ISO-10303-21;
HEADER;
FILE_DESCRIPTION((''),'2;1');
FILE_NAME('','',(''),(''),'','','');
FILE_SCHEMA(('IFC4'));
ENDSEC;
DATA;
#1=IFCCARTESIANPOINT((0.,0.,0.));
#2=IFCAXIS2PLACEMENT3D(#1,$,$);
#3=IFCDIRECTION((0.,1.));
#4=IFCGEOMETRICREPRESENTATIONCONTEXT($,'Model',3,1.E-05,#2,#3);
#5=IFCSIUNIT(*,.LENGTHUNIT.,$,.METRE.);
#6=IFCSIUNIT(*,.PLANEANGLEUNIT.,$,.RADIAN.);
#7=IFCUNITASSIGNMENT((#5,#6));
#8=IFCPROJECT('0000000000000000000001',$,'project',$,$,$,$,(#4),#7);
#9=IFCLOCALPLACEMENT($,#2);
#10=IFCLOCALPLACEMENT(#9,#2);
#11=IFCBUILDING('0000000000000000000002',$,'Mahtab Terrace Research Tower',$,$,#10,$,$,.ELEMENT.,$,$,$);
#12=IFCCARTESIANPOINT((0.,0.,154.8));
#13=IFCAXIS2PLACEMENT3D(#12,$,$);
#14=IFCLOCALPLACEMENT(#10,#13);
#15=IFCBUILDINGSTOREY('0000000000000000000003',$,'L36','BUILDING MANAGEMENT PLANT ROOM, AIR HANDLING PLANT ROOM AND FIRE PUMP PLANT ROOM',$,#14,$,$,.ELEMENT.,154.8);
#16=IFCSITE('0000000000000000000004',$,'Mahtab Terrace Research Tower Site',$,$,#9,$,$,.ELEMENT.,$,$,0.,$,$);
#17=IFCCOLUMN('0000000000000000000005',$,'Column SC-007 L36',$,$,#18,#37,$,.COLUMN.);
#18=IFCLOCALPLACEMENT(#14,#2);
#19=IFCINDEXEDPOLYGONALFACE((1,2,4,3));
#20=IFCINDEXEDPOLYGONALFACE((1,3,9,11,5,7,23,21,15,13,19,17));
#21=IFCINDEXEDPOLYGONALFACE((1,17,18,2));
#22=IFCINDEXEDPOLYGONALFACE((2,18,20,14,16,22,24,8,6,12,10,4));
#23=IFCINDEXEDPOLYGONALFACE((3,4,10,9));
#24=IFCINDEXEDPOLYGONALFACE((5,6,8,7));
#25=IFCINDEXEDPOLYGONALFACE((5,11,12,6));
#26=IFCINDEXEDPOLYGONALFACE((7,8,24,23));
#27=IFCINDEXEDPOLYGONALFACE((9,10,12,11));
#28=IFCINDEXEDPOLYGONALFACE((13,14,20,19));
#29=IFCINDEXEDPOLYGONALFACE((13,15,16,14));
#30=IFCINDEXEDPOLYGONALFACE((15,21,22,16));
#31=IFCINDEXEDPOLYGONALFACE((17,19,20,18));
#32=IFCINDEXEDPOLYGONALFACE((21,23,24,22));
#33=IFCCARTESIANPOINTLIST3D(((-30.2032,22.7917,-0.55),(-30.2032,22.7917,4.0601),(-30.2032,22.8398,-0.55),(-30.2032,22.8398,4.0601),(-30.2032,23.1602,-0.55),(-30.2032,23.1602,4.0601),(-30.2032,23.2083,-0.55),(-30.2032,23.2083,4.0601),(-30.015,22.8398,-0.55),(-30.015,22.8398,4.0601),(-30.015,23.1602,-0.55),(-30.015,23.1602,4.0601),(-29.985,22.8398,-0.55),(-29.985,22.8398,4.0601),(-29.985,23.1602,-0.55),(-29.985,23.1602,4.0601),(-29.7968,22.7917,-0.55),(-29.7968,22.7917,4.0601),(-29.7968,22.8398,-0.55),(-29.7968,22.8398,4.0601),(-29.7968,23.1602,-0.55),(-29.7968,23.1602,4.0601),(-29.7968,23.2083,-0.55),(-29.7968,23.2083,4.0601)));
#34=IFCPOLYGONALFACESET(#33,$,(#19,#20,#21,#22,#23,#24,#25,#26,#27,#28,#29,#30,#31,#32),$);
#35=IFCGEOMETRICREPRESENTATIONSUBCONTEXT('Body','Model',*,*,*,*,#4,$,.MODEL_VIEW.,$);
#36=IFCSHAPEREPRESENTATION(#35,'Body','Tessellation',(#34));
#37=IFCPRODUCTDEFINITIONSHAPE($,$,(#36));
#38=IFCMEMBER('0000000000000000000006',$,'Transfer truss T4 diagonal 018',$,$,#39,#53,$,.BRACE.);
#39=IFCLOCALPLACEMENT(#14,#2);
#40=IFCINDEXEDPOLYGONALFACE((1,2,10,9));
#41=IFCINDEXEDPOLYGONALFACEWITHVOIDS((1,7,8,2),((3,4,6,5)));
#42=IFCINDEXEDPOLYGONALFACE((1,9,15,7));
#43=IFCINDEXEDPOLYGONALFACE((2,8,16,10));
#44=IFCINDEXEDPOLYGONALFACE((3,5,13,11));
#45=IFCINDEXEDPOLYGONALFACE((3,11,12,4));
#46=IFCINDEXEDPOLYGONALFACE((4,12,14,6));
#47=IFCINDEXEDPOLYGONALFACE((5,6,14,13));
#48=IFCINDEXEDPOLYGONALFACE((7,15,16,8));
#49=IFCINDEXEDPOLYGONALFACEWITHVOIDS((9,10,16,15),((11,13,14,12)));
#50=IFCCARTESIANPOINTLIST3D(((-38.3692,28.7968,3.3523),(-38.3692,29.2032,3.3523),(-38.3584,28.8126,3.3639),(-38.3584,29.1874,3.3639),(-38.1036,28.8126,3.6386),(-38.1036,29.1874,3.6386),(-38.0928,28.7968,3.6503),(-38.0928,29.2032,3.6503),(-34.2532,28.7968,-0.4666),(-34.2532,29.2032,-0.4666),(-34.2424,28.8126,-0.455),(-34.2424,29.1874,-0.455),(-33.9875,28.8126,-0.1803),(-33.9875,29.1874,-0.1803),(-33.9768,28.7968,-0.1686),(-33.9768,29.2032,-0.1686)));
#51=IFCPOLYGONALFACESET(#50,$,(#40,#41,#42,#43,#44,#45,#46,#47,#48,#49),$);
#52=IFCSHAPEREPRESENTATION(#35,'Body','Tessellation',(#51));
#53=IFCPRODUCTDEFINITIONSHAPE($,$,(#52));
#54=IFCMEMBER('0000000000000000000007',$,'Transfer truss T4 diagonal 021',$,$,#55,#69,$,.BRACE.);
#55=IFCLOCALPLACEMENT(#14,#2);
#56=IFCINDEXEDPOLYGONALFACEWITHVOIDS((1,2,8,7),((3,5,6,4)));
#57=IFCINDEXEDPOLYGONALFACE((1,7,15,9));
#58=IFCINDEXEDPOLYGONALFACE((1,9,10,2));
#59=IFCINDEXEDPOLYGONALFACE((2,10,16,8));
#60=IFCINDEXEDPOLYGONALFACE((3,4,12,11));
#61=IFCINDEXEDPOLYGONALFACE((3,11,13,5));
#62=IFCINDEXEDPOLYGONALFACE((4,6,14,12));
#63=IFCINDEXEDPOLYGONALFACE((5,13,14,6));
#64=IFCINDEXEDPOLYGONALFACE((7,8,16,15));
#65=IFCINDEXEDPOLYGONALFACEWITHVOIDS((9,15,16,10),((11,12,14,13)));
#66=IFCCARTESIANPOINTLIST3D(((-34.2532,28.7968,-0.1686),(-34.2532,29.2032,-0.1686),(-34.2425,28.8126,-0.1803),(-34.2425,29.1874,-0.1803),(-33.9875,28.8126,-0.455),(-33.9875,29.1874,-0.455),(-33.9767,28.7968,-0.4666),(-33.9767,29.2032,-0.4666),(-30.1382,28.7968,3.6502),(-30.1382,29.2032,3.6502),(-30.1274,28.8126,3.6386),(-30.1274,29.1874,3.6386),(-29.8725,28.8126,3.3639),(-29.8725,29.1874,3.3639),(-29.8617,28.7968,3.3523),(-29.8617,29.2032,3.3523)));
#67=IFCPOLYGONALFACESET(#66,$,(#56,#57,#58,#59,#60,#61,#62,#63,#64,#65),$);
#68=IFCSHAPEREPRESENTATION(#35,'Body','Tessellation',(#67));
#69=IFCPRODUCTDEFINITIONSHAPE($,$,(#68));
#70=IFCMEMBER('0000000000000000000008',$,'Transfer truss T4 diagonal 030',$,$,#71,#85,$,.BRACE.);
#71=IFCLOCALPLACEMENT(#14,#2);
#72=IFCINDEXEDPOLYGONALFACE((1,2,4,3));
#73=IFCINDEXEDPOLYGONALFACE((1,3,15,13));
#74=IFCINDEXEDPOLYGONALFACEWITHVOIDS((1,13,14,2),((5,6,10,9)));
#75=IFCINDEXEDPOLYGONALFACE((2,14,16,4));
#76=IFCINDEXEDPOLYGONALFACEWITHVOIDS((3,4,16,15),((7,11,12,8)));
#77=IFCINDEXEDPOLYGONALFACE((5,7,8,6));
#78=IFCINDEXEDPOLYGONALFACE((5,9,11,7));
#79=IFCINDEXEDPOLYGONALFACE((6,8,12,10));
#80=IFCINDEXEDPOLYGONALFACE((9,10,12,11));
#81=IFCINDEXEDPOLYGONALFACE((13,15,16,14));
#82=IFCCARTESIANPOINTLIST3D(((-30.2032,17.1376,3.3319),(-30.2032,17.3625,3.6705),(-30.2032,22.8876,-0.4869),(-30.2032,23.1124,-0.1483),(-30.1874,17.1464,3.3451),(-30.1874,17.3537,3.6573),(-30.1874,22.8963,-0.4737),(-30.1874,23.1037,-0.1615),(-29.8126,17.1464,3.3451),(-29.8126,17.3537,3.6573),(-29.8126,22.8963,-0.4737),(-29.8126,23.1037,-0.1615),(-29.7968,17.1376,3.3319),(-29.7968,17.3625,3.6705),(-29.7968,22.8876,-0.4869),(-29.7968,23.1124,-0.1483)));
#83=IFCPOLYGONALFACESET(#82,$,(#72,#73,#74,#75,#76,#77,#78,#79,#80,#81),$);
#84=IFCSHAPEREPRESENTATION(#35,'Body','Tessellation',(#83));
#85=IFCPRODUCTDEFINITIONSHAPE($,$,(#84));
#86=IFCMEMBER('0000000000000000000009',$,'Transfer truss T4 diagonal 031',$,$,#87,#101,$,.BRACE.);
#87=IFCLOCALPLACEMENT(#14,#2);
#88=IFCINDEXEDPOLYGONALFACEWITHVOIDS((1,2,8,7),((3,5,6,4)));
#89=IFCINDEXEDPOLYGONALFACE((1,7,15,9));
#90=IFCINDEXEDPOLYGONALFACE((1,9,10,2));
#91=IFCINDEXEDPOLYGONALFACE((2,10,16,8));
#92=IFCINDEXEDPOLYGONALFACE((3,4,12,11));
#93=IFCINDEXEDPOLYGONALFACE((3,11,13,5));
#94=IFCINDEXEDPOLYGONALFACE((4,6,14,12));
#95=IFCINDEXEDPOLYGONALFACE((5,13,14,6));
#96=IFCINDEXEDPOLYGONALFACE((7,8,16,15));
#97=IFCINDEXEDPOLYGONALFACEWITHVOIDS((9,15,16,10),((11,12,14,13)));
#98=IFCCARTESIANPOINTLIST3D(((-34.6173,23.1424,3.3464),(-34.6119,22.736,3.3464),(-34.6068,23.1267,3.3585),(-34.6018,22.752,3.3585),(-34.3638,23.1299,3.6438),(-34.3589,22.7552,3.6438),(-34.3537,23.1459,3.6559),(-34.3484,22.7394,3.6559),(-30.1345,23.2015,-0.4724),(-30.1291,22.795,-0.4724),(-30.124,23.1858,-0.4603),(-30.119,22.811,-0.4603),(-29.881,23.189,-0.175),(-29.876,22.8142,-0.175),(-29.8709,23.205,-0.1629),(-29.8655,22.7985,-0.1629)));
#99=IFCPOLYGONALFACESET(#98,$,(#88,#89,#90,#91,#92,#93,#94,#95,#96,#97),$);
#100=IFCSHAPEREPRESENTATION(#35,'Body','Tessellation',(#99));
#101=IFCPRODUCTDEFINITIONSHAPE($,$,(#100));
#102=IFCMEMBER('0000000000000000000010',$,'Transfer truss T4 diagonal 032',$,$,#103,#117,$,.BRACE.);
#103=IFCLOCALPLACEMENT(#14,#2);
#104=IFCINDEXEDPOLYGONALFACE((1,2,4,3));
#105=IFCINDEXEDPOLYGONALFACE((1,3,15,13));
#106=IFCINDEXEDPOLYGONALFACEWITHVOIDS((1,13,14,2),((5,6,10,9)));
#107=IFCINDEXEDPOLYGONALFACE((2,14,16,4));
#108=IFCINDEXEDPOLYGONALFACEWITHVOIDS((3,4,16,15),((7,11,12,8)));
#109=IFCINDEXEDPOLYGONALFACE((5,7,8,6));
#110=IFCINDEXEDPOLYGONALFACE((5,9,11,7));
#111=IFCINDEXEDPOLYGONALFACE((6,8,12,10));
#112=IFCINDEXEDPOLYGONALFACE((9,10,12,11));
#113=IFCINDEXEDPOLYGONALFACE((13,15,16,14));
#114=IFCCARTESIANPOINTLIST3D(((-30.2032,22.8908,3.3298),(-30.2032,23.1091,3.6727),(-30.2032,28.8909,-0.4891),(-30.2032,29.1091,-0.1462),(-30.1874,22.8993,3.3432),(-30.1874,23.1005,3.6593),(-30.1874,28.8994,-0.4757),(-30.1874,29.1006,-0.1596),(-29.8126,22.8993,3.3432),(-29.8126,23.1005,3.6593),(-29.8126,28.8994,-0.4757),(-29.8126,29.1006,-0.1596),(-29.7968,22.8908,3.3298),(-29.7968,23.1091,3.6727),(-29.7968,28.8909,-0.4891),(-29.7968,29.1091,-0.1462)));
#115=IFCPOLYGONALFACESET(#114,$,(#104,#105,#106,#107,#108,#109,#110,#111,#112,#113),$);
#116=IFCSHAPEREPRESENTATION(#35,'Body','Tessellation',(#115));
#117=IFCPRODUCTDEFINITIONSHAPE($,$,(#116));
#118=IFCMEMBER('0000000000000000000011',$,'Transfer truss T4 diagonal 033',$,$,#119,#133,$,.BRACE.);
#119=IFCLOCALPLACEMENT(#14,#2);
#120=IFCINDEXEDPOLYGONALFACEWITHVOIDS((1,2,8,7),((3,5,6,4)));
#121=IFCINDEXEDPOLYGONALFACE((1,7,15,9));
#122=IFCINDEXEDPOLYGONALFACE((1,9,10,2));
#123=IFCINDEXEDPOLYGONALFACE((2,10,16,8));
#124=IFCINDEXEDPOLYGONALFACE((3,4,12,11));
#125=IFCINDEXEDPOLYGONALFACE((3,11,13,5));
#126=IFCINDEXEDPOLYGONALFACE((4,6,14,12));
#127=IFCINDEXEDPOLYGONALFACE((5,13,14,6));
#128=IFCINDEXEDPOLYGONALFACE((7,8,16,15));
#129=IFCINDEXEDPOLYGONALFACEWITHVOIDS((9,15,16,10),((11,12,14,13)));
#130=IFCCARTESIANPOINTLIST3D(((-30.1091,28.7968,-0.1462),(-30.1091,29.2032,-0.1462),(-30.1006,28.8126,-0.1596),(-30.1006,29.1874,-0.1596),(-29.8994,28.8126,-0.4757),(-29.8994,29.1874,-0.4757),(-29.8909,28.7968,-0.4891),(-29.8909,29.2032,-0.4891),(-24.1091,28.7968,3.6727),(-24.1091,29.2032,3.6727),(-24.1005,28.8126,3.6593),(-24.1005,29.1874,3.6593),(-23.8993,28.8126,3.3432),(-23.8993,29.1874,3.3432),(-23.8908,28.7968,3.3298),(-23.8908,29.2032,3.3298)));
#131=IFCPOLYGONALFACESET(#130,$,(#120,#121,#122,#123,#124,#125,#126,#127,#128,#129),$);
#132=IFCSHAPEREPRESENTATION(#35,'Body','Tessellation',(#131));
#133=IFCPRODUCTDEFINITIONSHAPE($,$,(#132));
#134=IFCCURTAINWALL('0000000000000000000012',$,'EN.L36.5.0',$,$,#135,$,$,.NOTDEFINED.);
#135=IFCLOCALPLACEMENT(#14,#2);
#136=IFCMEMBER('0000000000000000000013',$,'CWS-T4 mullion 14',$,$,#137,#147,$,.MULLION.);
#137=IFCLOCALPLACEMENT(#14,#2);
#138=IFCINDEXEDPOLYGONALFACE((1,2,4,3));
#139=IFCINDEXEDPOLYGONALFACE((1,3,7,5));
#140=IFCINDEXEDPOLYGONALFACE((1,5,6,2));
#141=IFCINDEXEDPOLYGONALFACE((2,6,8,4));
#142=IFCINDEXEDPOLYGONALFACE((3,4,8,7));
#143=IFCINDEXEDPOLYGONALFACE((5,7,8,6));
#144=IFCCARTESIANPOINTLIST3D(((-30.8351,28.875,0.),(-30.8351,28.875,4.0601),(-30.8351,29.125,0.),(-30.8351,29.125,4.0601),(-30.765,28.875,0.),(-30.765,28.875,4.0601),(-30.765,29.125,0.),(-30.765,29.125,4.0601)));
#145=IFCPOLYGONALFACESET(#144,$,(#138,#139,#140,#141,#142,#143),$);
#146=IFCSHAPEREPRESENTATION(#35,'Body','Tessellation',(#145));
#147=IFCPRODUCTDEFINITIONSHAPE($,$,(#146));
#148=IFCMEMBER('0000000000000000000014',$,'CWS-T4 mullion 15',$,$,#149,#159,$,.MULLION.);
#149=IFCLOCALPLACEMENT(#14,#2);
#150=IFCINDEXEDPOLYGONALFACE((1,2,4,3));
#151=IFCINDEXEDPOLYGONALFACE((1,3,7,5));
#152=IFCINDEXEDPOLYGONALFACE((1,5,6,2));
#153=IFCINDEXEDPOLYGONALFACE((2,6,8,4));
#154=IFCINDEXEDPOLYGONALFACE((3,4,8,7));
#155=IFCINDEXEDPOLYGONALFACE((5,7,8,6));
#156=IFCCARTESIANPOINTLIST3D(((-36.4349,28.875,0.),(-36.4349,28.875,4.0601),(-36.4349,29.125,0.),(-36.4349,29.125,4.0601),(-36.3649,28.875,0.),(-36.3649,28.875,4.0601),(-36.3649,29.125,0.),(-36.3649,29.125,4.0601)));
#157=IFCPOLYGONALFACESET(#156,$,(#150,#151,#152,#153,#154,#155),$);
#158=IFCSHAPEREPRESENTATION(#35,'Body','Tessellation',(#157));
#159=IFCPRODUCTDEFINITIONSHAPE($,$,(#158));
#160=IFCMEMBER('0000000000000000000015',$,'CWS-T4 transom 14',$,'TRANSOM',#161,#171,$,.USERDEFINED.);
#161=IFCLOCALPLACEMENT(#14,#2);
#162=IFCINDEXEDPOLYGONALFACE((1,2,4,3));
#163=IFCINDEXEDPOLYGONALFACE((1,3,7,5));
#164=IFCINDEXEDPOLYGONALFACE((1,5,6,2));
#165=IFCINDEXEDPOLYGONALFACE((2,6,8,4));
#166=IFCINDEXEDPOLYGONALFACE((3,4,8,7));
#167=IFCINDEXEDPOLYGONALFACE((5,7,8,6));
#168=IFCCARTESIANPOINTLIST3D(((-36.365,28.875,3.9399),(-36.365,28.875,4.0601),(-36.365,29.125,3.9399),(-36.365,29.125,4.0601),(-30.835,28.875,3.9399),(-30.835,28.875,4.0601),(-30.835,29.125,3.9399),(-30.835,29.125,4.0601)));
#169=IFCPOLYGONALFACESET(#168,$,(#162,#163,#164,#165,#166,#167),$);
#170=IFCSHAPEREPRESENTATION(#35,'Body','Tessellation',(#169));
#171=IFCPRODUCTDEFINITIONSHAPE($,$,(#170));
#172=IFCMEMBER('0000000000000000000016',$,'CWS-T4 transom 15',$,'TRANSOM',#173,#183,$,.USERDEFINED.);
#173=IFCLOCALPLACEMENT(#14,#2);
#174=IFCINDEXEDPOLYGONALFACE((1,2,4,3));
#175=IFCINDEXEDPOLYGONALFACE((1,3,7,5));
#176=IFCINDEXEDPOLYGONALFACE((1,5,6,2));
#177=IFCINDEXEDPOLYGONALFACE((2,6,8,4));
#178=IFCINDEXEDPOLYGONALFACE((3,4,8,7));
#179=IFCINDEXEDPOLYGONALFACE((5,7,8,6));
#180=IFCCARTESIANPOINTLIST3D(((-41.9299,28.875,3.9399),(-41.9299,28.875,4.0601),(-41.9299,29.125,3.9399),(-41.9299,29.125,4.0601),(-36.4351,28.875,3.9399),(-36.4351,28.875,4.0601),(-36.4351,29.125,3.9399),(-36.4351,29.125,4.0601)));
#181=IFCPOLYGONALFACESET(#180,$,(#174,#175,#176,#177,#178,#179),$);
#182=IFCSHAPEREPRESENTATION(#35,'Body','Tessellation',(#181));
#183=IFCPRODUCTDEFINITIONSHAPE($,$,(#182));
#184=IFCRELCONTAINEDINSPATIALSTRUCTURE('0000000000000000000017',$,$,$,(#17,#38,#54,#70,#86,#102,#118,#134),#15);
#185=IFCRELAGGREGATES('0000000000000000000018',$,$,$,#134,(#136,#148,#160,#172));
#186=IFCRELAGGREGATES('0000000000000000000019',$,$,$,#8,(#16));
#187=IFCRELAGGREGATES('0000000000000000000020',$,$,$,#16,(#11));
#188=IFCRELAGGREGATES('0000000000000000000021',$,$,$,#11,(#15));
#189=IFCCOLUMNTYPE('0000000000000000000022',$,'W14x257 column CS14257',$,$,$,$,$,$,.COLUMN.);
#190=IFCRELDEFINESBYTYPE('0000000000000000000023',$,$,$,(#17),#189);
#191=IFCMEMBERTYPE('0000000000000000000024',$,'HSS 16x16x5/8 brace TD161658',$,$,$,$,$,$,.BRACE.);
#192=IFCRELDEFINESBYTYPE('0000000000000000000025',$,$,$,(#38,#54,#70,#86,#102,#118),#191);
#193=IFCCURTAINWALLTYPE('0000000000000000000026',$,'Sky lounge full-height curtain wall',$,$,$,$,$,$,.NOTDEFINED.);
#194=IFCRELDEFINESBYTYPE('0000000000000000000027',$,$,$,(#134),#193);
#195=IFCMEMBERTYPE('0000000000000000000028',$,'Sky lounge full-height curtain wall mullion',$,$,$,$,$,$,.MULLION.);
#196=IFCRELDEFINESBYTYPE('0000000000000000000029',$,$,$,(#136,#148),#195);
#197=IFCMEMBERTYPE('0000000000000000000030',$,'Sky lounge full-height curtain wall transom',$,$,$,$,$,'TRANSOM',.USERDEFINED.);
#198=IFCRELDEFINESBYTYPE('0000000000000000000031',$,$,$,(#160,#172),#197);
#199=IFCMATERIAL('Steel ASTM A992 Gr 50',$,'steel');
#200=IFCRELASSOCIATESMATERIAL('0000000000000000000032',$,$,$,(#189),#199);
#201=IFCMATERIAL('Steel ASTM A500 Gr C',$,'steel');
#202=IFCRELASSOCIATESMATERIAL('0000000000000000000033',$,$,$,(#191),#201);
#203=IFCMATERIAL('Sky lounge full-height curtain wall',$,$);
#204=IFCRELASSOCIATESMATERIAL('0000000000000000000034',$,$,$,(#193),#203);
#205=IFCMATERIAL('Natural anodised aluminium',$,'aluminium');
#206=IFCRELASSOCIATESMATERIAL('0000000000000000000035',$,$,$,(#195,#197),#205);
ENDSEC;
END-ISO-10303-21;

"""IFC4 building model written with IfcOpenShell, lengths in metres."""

from ifc_helpers import new_model, si_unit, direction, frame, origin, origin_2d, place, context, subcontext, project, spatial, rectangle, hollow_rectangle, i_section, extrude, material, material_profile, profile_set, type_object, element, aggregate, save


model = new_model("IFC4")

# Units and contexts
model_context = context("Model", 3, precision=1e-05, world=origin(), true_north=direction((0.0, 1.0)))
body_context = subcontext(model_context, "Body", "Model", "MODEL_VIEW")
ifc_project = project(units=[si_unit("LENGTHUNIT", "METRE"), si_unit("PLANEANGLEUNIT", "RADIAN")], contexts=[model_context])

# Site, building, storey
site_placement = place(None, origin())
site = spatial("IfcSite", under=ifc_project, at=site_placement, Name="Mahtab Terrace Research Tower Site", CompositionType="ELEMENT", RefElevation=0.0)
building_placement = place(site_placement, origin())
building = spatial("IfcBuilding", under=site, at=building_placement, Name="Mahtab Terrace Research Tower", CompositionType="ELEMENT")
storey_placement = place(building_placement, frame((0.0, 0.0, 154.8)))
storey = spatial("IfcBuildingStorey", under=building, at=storey_placement, Name="L36", Description="BUILDING MANAGEMENT PLANT ROOM, AIR HANDLING PLANT ROOM AND FIRE PUMP PLANT ROOM", CompositionType="ELEMENT", Elevation=154.8)

# Column
ifc_material_1 = material(Name="Steel ASTM A992 Gr 50", Category="steel")
ifc_material_profile_1 = material_profile(ifc_material_1, i_section(OverallWidth=0.4065, OverallDepth=0.4165, WebThickness=0.03, FlangeThickness=0.0481, at=origin_2d()), Name="W14X257")
ifc_profile_set_1 = profile_set([ifc_material_profile_1], Name="Steel ASTM A992 Gr 50")
column_type = type_object("IfcColumnType", Name="W14x257 column CS14257", PredefinedType="COLUMN", material=ifc_profile_set_1)
column_placement = place(storey_placement, frame((-30.0, 23.0, -0.55), z_axis=(0.0, 0.0, 1.0), x_axis=(1.0, 0.0, 0.0)))
element("IfcColumn", 1, at=column_placement, inside=storey, type_object=column_type, Name="Column SC-007 L36", PredefinedType="COLUMN", context=body_context, shape_type="SweptSolid", body=[
    extrude(i_section(OverallWidth=0.4065, OverallDepth=0.4165, WebThickness=0.03, FlangeThickness=0.0481, at=origin_2d()), origin(), (0.0, 0.0, 1.0), 4.6101),
])

# Members
ifc_material_2 = material(Name="Steel ASTM A500 Gr C", Category="steel")
ifc_material_profile_2 = material_profile(ifc_material_2, hollow_rectangle(XDim=0.4065, YDim=0.4065, WallThickness=0.0159, at=origin_2d()), Name="HSS16X16X5/8")
ifc_profile_set_2 = profile_set([ifc_material_profile_2], Name="Steel ASTM A500 Gr C")
member_type_1 = type_object("IfcMemberType", Name="HSS 16x16x5/8 brace TD161658", PredefinedType="BRACE", material=ifc_profile_set_2)
member_1_placement = place(storey_placement, frame((-34.115, 29.0, -0.3176), z_axis=(-0.733071, 0.0, 0.680153), x_axis=(0.0, -1.0, 0.0)))
element("IfcMember", 2, at=member_1_placement, inside=storey, type_object=member_type_1, Name="Transfer truss T4 diagonal 018", PredefinedType="BRACE", context=body_context, shape_type="SweptSolid", body=[
    extrude(hollow_rectangle(XDim=0.4065, YDim=0.4065, WallThickness=0.0159, at=origin_2d()), origin(), (0.0, 0.0, 1.0), 5.6147),
])
member_2_placement = place(storey_placement, frame((-34.115, 29.0, -0.3176), z_axis=(0.73299, 0.0, 0.680239), x_axis=(0.0, 1.0, 0.0)))
element("IfcMember", 3, at=member_2_placement, inside=storey, type_object=member_type_1, Name="Transfer truss T4 diagonal 021", PredefinedType="BRACE", context=body_context, shape_type="SweptSolid", body=[
    extrude(hollow_rectangle(XDim=0.4065, YDim=0.4065, WallThickness=0.0159, at=origin_2d()), origin(), (0.0, 0.0, 1.0), 5.614),
])
member_3_placement = place(storey_placement, frame((-30.0, 23.0, -0.3176), z_axis=(0.0, -0.833018, 0.553246), x_axis=(1.0, 0.0, 0.0)))
element("IfcMember", 4, at=member_3_placement, inside=storey, type_object=member_type_1, Name="Transfer truss T4 diagonal 030", PredefinedType="BRACE", context=body_context, shape_type="SweptSolid", body=[
    extrude(hollow_rectangle(XDim=0.4065, YDim=0.4065, WallThickness=0.0159, at=origin_2d()), origin(), (0.0, 0.0, 1.0), 6.9026),
])
member_4_placement = place(storey_placement, frame((-30.0, 23.0, -0.3176), z_axis=(-0.761199, -0.010032, 0.648441), x_axis=(0.013178, -0.999913, 0.0)))
element("IfcMember", 5, at=member_4_placement, inside=storey, type_object=member_type_1, Name="Transfer truss T4 diagonal 031", PredefinedType="BRACE", context=body_context, shape_type="SweptSolid", body=[
    extrude(hollow_rectangle(XDim=0.4065, YDim=0.4065, WallThickness=0.0159, at=origin_2d()), origin(), (0.0, 0.0, 1.0), 5.8892),
])
for number, where, z_axis, x_axis, name in (
    (6, (-30.0, 29.0, -0.3176), (0.0, -0.843619, 0.536942), (1.0, 0.0, 0.0), "Transfer truss T4 diagonal 032"),
    (7, (-30.0, 29.0, -0.3176), (0.843619, 0.0, 0.536942), (0.0, 1.0, 0.0), "Transfer truss T4 diagonal 033"),
):
    element("IfcMember", number, at=place(storey_placement, frame(where, z_axis=z_axis, x_axis=x_axis)), inside=storey, type_object=member_type_1, Name=name, PredefinedType="BRACE", context=body_context, shape_type="SweptSolid", body=[
        extrude(hollow_rectangle(XDim=0.4065, YDim=0.4065, WallThickness=0.0159, at=origin_2d()), origin(), (0.0, 0.0, 1.0), 7.1123),
    ])

# Curtain wall, members
ifc_material_3 = material(Name="Sky lounge full-height curtain wall")
curtain_wall_type = type_object("IfcCurtainWallType", Name="Sky lounge full-height curtain wall", PredefinedType="NOTDEFINED", material=ifc_material_3)
curtain_wall_placement = place(storey_placement, origin())
curtain_wall = element("IfcCurtainWall", 8, at=curtain_wall_placement, inside=storey, type_object=curtain_wall_type, Name="EN.L36.5.0", PredefinedType="NOTDEFINED")
ifc_material_4 = material(Name="Natural anodised aluminium", Category="aluminium")
ifc_material_profile_3 = material_profile(ifc_material_4, rectangle(XDim=0.25, YDim=0.0701, at=origin_2d()), Name="MULLION 70x250")
ifc_profile_set_3 = profile_set([ifc_material_profile_3], Name="Natural anodised aluminium")
member_type_2 = type_object("IfcMemberType", Name="Sky lounge full-height curtain wall mullion", PredefinedType="MULLION", material=ifc_profile_set_3)
member_5_placement = place(storey_placement, frame((-30.8, 29.0, 0.0), z_axis=(0.0, 0.0, 1.0), x_axis=(0.0, -1.0, 0.0)))
member_5 = element("IfcMember", 9, at=member_5_placement, type_object=member_type_2, Name="CWS-T4 mullion 14", PredefinedType="MULLION", context=body_context, shape_type="SweptSolid", body=[
    extrude(rectangle(XDim=0.25, YDim=0.0701, at=origin_2d()), origin(), (0.0, 0.0, 1.0), 4.0601),
])
member_6_placement = place(storey_placement, frame((-36.3999, 29.0, 0.0), z_axis=(0.0, 0.0, 1.0), x_axis=(0.0, -1.0, 0.0)))
member_6 = element("IfcMember", 10, at=member_6_placement, type_object=member_type_2, Name="CWS-T4 mullion 15", PredefinedType="MULLION", context=body_context, shape_type="SweptSolid", body=[
    extrude(rectangle(XDim=0.25, YDim=0.0701, at=origin_2d()), origin(), (0.0, 0.0, 1.0), 4.0601),
])
ifc_material_profile_4 = material_profile(ifc_material_4, rectangle(XDim=0.25, YDim=0.1201, at=origin_2d()), Name="TRANSOM 120x250")
ifc_profile_set_4 = profile_set([ifc_material_profile_4], Name="Natural anodised aluminium")
member_type_3 = type_object("IfcMemberType", Name="Sky lounge full-height curtain wall transom", ElementType="TRANSOM", PredefinedType="USERDEFINED", material=ifc_profile_set_4)
member_7_placement = place(storey_placement, frame((-30.835, 29.0, 4.0), z_axis=(-1.0, 0.0, 0.0), x_axis=(0.0, -1.0, 0.0)))
member_7 = element("IfcMember", 11, at=member_7_placement, type_object=member_type_3, Name="CWS-T4 transom 14", ObjectType="TRANSOM", PredefinedType="USERDEFINED", context=body_context, shape_type="SweptSolid", body=[
    extrude(rectangle(XDim=0.25, YDim=0.1201, at=origin_2d()), origin(), (0.0, 0.0, 1.0), 5.53),
])
member_8_placement = place(storey_placement, frame((-36.4351, 29.0, 4.0), z_axis=(-1.0, 0.0, 0.0), x_axis=(0.0, -1.0, 0.0)))
member_8 = element("IfcMember", 12, at=member_8_placement, type_object=member_type_3, Name="CWS-T4 transom 15", ObjectType="TRANSOM", PredefinedType="USERDEFINED", context=body_context, shape_type="SweptSolid", body=[
    extrude(rectangle(XDim=0.25, YDim=0.1201, at=origin_2d()), origin(), (0.0, 0.0, 1.0), 5.4949),
])

aggregate(curtain_wall, [member_5, member_6, member_7, member_8])

save(model, "model.ifc")
